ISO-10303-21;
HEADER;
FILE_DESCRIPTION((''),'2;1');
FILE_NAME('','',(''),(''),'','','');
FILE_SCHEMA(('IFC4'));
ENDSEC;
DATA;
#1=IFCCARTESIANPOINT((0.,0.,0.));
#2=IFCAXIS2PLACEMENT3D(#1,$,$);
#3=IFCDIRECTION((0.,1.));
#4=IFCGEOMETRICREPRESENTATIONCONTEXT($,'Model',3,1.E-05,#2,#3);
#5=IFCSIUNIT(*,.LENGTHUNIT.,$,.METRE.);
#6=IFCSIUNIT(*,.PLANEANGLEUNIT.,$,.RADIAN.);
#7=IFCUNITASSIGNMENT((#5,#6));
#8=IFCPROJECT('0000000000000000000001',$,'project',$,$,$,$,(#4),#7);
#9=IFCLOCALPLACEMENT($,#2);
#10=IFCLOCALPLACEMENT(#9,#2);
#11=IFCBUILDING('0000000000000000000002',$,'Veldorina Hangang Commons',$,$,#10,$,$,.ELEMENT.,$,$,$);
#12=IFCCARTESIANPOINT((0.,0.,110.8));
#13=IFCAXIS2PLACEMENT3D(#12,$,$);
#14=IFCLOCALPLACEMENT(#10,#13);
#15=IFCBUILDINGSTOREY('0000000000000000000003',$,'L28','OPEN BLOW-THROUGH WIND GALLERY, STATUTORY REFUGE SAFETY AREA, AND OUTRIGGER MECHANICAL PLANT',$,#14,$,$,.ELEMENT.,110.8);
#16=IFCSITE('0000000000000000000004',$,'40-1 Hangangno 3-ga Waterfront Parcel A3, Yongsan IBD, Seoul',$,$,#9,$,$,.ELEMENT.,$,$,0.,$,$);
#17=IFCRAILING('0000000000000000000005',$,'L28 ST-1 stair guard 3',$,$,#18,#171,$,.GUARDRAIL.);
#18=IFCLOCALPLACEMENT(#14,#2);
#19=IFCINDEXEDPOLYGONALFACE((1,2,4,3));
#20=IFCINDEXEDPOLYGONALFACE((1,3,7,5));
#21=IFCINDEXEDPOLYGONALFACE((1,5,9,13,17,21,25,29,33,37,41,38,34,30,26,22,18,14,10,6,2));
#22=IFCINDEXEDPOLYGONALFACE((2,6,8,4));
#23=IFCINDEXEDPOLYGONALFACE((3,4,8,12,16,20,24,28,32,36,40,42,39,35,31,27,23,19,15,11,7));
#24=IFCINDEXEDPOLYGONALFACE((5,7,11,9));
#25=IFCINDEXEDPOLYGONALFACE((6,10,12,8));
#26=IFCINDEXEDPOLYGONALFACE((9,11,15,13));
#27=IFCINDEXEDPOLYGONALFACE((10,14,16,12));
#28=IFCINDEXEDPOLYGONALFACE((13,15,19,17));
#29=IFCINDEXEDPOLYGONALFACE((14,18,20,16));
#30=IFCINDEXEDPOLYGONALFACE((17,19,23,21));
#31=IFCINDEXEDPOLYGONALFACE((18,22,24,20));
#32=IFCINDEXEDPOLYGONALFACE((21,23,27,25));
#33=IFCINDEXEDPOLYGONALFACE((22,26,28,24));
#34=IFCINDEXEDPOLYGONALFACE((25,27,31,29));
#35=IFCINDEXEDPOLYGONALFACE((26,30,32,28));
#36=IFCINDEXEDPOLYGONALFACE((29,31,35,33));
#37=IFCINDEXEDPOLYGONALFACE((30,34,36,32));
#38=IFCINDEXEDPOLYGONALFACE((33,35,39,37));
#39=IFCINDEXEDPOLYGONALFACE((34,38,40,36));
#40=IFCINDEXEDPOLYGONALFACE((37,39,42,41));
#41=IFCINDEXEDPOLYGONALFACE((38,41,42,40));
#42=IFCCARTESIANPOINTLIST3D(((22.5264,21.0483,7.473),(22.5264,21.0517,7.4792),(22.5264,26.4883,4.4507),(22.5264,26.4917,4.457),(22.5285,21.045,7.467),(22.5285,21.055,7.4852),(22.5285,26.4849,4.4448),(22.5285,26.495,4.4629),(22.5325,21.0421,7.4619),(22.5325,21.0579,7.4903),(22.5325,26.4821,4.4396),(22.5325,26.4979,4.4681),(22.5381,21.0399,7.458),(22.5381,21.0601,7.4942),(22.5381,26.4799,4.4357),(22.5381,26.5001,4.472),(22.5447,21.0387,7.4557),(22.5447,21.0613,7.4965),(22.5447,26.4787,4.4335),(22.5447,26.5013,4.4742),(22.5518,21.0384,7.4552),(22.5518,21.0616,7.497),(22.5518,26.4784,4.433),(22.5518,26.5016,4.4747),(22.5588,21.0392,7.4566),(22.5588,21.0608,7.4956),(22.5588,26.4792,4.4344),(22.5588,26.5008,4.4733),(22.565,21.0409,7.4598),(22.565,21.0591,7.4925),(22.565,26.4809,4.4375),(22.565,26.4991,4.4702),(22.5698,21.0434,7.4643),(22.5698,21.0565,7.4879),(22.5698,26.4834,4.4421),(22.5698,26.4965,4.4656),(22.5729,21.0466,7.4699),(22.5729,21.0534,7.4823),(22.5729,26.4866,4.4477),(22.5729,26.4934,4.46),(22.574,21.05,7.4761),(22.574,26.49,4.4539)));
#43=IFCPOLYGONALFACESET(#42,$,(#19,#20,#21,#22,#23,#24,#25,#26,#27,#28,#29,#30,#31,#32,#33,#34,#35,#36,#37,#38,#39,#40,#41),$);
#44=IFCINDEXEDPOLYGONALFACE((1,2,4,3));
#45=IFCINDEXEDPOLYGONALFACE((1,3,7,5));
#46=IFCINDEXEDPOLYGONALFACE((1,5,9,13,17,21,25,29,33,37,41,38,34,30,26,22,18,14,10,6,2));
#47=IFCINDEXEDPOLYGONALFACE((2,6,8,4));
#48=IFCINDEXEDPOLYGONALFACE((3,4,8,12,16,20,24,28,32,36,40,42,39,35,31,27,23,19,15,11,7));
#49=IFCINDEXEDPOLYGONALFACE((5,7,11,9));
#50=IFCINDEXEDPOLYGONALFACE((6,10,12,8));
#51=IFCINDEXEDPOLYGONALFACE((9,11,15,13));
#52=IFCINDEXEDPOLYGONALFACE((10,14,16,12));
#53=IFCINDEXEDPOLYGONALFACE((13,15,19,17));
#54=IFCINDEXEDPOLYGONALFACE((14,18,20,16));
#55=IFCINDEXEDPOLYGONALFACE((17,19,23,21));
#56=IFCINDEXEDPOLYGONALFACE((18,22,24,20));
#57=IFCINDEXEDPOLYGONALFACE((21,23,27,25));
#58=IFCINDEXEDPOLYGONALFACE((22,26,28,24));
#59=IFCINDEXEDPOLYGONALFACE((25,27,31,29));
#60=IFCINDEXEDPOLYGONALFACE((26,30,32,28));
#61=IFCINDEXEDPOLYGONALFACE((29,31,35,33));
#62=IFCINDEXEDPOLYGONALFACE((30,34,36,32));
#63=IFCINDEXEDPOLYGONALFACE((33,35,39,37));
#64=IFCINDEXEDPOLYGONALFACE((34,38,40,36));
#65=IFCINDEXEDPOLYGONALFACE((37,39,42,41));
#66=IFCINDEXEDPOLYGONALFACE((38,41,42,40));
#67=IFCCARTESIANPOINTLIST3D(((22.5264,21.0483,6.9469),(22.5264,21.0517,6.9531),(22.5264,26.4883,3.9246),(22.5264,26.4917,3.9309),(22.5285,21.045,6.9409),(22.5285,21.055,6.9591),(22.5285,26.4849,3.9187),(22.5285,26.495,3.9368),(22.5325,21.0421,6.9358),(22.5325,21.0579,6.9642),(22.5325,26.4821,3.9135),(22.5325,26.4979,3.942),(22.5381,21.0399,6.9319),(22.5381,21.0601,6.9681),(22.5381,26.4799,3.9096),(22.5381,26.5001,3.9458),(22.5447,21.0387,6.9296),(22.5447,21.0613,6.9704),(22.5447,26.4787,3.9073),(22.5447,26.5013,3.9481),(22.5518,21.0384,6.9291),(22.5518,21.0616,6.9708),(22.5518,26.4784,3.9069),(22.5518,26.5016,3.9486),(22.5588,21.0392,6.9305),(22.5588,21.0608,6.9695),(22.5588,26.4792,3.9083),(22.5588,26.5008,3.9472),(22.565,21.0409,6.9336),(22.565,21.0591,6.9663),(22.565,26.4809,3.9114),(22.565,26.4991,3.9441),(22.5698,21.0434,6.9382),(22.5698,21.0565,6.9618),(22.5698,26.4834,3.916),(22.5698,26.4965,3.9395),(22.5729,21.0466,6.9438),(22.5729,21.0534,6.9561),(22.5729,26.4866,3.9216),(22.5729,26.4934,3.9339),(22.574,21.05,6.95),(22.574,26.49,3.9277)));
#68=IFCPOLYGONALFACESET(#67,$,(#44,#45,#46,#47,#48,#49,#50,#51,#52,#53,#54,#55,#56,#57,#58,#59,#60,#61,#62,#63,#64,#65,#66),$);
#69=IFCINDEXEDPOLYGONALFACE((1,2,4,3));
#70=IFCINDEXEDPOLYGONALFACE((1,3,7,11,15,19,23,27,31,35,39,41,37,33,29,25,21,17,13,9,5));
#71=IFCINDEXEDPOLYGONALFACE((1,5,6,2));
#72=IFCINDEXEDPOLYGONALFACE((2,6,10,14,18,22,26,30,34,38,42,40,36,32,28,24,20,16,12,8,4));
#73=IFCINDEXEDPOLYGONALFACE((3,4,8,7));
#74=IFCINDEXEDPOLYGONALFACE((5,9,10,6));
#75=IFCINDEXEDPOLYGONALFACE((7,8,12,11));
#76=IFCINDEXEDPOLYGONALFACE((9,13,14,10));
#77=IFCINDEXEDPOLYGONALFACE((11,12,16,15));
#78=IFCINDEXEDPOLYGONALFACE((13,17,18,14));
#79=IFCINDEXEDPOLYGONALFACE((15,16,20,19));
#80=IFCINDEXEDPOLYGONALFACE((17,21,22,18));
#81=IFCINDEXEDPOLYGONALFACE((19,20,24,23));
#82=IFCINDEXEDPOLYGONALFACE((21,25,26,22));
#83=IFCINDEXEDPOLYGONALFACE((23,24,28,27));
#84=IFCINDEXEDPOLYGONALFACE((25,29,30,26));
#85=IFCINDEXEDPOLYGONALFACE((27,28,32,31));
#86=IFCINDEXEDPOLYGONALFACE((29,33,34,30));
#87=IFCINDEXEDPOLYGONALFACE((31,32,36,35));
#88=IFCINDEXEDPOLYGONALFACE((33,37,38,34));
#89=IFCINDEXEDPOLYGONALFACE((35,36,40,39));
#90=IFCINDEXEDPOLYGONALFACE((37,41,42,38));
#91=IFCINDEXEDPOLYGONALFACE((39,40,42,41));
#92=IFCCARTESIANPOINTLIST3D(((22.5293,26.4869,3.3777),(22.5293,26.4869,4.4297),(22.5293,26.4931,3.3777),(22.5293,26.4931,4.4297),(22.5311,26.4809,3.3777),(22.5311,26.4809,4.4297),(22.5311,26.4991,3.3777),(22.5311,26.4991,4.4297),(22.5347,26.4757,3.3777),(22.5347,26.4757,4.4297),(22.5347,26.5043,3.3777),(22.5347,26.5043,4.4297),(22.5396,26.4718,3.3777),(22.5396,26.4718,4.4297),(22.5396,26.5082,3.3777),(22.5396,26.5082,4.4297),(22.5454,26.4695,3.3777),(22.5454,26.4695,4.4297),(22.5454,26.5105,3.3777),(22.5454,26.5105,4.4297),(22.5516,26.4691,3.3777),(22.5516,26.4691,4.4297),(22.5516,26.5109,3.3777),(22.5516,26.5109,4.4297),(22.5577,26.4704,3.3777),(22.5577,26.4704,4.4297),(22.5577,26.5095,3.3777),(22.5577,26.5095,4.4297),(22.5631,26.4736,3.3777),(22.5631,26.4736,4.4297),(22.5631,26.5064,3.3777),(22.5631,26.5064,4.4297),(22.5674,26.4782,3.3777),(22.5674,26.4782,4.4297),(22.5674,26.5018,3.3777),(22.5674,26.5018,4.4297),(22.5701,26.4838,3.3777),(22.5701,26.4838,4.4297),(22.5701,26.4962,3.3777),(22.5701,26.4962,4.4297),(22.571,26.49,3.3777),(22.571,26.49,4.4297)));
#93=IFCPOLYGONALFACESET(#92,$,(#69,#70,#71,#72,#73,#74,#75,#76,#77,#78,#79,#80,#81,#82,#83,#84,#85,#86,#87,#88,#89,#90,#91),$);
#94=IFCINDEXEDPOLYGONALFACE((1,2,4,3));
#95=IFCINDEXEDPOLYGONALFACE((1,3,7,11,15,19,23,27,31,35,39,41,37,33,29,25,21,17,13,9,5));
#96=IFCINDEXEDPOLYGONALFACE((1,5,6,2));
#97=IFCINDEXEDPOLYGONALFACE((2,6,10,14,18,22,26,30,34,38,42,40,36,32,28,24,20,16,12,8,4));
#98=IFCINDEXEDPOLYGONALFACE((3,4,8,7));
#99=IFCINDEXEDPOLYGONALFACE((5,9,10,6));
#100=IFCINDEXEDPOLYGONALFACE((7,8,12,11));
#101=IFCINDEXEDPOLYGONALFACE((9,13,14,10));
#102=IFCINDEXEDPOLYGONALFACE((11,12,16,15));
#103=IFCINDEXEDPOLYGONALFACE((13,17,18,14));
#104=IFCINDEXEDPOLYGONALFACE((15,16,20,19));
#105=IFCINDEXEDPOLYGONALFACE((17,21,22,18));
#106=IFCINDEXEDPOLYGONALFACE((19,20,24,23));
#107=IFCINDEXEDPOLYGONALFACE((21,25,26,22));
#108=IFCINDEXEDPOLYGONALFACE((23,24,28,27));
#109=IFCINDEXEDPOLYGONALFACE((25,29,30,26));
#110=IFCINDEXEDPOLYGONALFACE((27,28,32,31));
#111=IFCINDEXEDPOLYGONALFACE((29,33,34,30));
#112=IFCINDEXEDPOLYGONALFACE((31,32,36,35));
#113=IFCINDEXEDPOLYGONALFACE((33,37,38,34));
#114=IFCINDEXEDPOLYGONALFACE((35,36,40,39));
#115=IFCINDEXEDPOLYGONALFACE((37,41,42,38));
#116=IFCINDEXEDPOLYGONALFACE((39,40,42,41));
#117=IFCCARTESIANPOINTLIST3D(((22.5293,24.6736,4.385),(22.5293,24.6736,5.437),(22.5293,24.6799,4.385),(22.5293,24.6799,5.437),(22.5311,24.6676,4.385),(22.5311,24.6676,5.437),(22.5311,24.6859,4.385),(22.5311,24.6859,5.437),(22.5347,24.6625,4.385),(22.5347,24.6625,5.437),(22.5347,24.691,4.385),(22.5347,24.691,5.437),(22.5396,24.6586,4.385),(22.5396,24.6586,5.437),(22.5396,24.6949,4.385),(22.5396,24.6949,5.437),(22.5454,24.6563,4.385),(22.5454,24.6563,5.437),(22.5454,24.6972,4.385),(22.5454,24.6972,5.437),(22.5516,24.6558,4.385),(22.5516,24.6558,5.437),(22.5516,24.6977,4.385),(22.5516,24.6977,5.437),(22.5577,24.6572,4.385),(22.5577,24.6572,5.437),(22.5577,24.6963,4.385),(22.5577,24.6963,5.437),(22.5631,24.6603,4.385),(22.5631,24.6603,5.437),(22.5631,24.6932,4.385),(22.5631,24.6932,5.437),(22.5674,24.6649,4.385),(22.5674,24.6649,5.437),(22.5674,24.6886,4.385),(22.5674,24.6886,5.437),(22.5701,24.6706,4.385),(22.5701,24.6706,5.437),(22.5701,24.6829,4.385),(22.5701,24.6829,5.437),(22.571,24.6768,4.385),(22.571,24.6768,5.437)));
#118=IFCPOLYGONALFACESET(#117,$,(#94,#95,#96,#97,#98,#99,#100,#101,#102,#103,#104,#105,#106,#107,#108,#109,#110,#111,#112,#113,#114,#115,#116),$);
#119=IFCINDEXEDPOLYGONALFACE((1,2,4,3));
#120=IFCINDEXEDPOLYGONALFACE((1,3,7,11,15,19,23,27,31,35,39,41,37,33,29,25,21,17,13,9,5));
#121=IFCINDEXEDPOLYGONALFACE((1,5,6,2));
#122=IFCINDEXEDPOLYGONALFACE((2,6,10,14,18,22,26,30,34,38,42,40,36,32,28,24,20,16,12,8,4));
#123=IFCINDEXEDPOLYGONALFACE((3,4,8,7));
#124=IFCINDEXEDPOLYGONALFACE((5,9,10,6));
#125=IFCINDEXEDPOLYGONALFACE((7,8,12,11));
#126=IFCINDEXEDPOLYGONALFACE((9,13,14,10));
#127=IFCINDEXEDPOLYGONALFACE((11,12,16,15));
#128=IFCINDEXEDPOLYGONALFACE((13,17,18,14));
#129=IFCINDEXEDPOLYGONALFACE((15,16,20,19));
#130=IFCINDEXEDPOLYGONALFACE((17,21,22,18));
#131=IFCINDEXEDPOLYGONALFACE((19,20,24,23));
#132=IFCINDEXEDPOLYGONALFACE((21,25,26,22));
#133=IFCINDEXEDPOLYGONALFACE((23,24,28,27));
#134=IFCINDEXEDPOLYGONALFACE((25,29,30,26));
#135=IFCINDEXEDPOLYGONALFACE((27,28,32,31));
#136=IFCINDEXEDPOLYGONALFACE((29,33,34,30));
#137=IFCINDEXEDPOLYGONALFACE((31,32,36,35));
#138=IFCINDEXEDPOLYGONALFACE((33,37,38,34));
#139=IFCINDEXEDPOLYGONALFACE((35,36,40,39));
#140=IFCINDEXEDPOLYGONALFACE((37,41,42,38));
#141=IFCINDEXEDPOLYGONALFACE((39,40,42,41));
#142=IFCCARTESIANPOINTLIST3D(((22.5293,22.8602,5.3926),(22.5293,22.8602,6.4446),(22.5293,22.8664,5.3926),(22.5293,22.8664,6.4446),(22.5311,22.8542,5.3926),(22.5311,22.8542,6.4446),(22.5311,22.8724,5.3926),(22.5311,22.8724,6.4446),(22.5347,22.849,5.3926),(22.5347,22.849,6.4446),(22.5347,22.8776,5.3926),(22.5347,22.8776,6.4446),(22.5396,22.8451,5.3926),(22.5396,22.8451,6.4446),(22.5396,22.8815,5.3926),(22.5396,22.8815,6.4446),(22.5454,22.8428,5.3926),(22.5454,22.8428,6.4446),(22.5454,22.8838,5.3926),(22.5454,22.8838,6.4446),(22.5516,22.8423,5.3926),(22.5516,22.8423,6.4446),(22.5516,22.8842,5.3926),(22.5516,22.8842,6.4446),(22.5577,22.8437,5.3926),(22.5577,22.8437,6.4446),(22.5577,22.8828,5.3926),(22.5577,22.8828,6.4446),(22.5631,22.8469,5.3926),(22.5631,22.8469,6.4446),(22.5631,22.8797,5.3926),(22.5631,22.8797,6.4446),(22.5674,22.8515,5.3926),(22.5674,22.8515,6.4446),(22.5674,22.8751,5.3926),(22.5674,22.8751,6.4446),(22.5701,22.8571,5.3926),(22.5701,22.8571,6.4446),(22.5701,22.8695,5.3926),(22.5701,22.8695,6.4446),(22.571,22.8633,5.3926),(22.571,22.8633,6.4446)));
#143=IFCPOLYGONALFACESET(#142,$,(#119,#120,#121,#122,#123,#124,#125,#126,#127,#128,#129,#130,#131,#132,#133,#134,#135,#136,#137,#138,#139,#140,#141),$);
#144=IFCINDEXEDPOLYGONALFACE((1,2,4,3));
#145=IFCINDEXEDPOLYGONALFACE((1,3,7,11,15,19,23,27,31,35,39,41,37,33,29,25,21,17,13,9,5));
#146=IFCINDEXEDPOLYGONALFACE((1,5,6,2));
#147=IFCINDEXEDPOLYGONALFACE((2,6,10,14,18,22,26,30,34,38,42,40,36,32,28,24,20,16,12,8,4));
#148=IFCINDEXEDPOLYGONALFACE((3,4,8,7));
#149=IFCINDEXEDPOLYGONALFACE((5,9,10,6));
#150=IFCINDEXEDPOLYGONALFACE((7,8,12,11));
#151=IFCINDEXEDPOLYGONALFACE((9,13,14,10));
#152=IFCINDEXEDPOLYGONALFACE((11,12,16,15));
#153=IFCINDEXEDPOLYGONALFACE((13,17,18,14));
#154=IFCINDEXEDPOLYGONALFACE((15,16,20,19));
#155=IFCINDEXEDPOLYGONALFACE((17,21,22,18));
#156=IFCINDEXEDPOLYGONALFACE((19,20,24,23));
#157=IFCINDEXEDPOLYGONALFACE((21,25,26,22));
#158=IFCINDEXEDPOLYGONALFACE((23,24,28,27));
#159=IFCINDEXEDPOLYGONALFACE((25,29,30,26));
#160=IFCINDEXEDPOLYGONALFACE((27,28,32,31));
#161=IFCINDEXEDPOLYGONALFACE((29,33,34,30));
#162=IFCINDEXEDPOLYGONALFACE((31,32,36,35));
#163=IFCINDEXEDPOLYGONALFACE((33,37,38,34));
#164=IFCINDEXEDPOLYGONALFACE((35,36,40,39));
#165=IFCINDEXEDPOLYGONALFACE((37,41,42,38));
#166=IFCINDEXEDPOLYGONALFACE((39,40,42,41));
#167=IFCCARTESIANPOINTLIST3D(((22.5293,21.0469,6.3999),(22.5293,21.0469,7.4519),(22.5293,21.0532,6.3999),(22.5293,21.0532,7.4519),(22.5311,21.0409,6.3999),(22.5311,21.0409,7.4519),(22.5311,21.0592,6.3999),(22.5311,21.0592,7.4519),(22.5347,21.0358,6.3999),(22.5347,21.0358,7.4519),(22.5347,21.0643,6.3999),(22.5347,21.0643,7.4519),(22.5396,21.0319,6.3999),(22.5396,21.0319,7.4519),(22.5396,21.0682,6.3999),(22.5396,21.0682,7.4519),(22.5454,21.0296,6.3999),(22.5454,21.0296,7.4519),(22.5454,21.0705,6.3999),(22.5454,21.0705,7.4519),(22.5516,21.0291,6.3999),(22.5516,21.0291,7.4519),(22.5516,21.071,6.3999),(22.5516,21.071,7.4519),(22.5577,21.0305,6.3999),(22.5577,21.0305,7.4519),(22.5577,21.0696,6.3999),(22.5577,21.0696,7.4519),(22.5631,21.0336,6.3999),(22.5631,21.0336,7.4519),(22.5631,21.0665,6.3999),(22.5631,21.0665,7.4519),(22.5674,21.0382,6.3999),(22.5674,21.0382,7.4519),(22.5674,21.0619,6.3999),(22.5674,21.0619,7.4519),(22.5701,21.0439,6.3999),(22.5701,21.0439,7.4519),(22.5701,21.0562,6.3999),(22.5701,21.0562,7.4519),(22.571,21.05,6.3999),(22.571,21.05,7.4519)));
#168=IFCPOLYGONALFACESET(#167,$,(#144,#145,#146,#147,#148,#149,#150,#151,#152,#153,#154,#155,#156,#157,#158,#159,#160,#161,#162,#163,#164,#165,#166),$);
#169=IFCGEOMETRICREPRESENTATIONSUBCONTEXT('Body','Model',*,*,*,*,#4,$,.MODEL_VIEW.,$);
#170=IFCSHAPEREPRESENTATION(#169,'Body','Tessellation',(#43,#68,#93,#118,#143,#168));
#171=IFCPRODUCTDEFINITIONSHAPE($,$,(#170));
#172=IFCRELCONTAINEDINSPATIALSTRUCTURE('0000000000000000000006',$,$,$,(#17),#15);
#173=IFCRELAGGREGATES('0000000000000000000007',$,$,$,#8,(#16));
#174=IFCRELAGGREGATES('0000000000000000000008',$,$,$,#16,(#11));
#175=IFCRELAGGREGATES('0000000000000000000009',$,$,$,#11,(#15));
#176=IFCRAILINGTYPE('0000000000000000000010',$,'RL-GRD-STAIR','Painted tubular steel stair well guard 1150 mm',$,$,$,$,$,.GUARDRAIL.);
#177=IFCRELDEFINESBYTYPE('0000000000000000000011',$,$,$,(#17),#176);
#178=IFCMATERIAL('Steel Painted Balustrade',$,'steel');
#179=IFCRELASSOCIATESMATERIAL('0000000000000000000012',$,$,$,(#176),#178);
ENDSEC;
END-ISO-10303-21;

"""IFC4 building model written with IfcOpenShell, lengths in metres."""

from ifc_helpers import new_model, si_unit, direction, frame, origin, origin_2d, place, context, subcontext, project, spatial, circle, extrude, material, type_object, element, save


model = new_model("IFC4")

# Units and contexts
model_context = context("Model", 3, precision=1e-05, world=origin(), true_north=direction((0.0, 1.0)))
body_context = subcontext(model_context, "Body", "Model", "MODEL_VIEW")
ifc_project = project(units=[si_unit("LENGTHUNIT", "METRE"), si_unit("PLANEANGLEUNIT", "RADIAN")], contexts=[model_context])

# Site, building, storey
site_placement = place(None, origin())
site = spatial("IfcSite", under=ifc_project, at=site_placement, Name="40-1 Hangangno 3-ga Waterfront Parcel A3, Yongsan IBD, Seoul", CompositionType="ELEMENT", RefElevation=0.0)
building_placement = place(site_placement, origin())
building = spatial("IfcBuilding", under=site, at=building_placement, Name="Veldorina Hangang Commons", CompositionType="ELEMENT")
storey_placement = place(building_placement, frame((0.0, 0.0, 110.8)))
storey = spatial("IfcBuildingStorey", under=building, at=storey_placement, Name="L28", Description="OPEN BLOW-THROUGH WIND GALLERY, STATUTORY REFUGE SAFETY AREA, AND OUTRIGGER MECHANICAL PLANT", CompositionType="ELEMENT", Elevation=110.8)

# Railing
ifc_material_1 = material(Name="Steel Painted Balustrade", Category="steel")
railing_type_1 = type_object("IfcRailingType", Name="RL-GRD-STAIR", Description="Painted tubular steel stair well guard 1150 mm", PredefinedType="GUARDRAIL", material=ifc_material_1)
railing_1_placement = place(storey_placement, frame((22.55, 26.49, 3.3777)))
element("IfcRailing", 1, at=railing_1_placement, inside=storey, type_object=railing_type_1, Name="L28 ST-1 stair guard 3", PredefinedType="GUARDRAIL", context=body_context, shape_type="SweptSolid", body=[
    extrude(circle(Radius=0.0239, at=origin_2d()), frame((0.0, 0.0, 1.0762), z_axis=(0.0, -0.874155, 0.485646), x_axis=(1.0, 0.0, 0.0)), (0.0, 0.0, 1.0), 6.2231),
    extrude(circle(Radius=0.0239, at=origin_2d()), frame((0.0, 0.0, 0.55), z_axis=(0.0, -0.874155, 0.485646), x_axis=(1.0, 0.0, 0.0)), (0.0, 0.0, 1.0), 6.2231),
    extrude(circle(Radius=0.021, at=origin_2d()), origin(), (0.0, 0.0, 1.0), 1.052),
    extrude(circle(Radius=0.021, at=origin_2d()), frame((0.0, -1.8132, 1.0073)), (0.0, 0.0, 1.0), 1.052),
    extrude(circle(Radius=0.021, at=origin_2d()), frame((0.0, -3.6267, 2.0149)), (0.0, 0.0, 1.0), 1.052),
    extrude(circle(Radius=0.021, at=origin_2d()), frame((0.0, -5.4399, 3.0222)), (0.0, 0.0, 1.0), 1.052),
])

save(model, "model.ifc")
